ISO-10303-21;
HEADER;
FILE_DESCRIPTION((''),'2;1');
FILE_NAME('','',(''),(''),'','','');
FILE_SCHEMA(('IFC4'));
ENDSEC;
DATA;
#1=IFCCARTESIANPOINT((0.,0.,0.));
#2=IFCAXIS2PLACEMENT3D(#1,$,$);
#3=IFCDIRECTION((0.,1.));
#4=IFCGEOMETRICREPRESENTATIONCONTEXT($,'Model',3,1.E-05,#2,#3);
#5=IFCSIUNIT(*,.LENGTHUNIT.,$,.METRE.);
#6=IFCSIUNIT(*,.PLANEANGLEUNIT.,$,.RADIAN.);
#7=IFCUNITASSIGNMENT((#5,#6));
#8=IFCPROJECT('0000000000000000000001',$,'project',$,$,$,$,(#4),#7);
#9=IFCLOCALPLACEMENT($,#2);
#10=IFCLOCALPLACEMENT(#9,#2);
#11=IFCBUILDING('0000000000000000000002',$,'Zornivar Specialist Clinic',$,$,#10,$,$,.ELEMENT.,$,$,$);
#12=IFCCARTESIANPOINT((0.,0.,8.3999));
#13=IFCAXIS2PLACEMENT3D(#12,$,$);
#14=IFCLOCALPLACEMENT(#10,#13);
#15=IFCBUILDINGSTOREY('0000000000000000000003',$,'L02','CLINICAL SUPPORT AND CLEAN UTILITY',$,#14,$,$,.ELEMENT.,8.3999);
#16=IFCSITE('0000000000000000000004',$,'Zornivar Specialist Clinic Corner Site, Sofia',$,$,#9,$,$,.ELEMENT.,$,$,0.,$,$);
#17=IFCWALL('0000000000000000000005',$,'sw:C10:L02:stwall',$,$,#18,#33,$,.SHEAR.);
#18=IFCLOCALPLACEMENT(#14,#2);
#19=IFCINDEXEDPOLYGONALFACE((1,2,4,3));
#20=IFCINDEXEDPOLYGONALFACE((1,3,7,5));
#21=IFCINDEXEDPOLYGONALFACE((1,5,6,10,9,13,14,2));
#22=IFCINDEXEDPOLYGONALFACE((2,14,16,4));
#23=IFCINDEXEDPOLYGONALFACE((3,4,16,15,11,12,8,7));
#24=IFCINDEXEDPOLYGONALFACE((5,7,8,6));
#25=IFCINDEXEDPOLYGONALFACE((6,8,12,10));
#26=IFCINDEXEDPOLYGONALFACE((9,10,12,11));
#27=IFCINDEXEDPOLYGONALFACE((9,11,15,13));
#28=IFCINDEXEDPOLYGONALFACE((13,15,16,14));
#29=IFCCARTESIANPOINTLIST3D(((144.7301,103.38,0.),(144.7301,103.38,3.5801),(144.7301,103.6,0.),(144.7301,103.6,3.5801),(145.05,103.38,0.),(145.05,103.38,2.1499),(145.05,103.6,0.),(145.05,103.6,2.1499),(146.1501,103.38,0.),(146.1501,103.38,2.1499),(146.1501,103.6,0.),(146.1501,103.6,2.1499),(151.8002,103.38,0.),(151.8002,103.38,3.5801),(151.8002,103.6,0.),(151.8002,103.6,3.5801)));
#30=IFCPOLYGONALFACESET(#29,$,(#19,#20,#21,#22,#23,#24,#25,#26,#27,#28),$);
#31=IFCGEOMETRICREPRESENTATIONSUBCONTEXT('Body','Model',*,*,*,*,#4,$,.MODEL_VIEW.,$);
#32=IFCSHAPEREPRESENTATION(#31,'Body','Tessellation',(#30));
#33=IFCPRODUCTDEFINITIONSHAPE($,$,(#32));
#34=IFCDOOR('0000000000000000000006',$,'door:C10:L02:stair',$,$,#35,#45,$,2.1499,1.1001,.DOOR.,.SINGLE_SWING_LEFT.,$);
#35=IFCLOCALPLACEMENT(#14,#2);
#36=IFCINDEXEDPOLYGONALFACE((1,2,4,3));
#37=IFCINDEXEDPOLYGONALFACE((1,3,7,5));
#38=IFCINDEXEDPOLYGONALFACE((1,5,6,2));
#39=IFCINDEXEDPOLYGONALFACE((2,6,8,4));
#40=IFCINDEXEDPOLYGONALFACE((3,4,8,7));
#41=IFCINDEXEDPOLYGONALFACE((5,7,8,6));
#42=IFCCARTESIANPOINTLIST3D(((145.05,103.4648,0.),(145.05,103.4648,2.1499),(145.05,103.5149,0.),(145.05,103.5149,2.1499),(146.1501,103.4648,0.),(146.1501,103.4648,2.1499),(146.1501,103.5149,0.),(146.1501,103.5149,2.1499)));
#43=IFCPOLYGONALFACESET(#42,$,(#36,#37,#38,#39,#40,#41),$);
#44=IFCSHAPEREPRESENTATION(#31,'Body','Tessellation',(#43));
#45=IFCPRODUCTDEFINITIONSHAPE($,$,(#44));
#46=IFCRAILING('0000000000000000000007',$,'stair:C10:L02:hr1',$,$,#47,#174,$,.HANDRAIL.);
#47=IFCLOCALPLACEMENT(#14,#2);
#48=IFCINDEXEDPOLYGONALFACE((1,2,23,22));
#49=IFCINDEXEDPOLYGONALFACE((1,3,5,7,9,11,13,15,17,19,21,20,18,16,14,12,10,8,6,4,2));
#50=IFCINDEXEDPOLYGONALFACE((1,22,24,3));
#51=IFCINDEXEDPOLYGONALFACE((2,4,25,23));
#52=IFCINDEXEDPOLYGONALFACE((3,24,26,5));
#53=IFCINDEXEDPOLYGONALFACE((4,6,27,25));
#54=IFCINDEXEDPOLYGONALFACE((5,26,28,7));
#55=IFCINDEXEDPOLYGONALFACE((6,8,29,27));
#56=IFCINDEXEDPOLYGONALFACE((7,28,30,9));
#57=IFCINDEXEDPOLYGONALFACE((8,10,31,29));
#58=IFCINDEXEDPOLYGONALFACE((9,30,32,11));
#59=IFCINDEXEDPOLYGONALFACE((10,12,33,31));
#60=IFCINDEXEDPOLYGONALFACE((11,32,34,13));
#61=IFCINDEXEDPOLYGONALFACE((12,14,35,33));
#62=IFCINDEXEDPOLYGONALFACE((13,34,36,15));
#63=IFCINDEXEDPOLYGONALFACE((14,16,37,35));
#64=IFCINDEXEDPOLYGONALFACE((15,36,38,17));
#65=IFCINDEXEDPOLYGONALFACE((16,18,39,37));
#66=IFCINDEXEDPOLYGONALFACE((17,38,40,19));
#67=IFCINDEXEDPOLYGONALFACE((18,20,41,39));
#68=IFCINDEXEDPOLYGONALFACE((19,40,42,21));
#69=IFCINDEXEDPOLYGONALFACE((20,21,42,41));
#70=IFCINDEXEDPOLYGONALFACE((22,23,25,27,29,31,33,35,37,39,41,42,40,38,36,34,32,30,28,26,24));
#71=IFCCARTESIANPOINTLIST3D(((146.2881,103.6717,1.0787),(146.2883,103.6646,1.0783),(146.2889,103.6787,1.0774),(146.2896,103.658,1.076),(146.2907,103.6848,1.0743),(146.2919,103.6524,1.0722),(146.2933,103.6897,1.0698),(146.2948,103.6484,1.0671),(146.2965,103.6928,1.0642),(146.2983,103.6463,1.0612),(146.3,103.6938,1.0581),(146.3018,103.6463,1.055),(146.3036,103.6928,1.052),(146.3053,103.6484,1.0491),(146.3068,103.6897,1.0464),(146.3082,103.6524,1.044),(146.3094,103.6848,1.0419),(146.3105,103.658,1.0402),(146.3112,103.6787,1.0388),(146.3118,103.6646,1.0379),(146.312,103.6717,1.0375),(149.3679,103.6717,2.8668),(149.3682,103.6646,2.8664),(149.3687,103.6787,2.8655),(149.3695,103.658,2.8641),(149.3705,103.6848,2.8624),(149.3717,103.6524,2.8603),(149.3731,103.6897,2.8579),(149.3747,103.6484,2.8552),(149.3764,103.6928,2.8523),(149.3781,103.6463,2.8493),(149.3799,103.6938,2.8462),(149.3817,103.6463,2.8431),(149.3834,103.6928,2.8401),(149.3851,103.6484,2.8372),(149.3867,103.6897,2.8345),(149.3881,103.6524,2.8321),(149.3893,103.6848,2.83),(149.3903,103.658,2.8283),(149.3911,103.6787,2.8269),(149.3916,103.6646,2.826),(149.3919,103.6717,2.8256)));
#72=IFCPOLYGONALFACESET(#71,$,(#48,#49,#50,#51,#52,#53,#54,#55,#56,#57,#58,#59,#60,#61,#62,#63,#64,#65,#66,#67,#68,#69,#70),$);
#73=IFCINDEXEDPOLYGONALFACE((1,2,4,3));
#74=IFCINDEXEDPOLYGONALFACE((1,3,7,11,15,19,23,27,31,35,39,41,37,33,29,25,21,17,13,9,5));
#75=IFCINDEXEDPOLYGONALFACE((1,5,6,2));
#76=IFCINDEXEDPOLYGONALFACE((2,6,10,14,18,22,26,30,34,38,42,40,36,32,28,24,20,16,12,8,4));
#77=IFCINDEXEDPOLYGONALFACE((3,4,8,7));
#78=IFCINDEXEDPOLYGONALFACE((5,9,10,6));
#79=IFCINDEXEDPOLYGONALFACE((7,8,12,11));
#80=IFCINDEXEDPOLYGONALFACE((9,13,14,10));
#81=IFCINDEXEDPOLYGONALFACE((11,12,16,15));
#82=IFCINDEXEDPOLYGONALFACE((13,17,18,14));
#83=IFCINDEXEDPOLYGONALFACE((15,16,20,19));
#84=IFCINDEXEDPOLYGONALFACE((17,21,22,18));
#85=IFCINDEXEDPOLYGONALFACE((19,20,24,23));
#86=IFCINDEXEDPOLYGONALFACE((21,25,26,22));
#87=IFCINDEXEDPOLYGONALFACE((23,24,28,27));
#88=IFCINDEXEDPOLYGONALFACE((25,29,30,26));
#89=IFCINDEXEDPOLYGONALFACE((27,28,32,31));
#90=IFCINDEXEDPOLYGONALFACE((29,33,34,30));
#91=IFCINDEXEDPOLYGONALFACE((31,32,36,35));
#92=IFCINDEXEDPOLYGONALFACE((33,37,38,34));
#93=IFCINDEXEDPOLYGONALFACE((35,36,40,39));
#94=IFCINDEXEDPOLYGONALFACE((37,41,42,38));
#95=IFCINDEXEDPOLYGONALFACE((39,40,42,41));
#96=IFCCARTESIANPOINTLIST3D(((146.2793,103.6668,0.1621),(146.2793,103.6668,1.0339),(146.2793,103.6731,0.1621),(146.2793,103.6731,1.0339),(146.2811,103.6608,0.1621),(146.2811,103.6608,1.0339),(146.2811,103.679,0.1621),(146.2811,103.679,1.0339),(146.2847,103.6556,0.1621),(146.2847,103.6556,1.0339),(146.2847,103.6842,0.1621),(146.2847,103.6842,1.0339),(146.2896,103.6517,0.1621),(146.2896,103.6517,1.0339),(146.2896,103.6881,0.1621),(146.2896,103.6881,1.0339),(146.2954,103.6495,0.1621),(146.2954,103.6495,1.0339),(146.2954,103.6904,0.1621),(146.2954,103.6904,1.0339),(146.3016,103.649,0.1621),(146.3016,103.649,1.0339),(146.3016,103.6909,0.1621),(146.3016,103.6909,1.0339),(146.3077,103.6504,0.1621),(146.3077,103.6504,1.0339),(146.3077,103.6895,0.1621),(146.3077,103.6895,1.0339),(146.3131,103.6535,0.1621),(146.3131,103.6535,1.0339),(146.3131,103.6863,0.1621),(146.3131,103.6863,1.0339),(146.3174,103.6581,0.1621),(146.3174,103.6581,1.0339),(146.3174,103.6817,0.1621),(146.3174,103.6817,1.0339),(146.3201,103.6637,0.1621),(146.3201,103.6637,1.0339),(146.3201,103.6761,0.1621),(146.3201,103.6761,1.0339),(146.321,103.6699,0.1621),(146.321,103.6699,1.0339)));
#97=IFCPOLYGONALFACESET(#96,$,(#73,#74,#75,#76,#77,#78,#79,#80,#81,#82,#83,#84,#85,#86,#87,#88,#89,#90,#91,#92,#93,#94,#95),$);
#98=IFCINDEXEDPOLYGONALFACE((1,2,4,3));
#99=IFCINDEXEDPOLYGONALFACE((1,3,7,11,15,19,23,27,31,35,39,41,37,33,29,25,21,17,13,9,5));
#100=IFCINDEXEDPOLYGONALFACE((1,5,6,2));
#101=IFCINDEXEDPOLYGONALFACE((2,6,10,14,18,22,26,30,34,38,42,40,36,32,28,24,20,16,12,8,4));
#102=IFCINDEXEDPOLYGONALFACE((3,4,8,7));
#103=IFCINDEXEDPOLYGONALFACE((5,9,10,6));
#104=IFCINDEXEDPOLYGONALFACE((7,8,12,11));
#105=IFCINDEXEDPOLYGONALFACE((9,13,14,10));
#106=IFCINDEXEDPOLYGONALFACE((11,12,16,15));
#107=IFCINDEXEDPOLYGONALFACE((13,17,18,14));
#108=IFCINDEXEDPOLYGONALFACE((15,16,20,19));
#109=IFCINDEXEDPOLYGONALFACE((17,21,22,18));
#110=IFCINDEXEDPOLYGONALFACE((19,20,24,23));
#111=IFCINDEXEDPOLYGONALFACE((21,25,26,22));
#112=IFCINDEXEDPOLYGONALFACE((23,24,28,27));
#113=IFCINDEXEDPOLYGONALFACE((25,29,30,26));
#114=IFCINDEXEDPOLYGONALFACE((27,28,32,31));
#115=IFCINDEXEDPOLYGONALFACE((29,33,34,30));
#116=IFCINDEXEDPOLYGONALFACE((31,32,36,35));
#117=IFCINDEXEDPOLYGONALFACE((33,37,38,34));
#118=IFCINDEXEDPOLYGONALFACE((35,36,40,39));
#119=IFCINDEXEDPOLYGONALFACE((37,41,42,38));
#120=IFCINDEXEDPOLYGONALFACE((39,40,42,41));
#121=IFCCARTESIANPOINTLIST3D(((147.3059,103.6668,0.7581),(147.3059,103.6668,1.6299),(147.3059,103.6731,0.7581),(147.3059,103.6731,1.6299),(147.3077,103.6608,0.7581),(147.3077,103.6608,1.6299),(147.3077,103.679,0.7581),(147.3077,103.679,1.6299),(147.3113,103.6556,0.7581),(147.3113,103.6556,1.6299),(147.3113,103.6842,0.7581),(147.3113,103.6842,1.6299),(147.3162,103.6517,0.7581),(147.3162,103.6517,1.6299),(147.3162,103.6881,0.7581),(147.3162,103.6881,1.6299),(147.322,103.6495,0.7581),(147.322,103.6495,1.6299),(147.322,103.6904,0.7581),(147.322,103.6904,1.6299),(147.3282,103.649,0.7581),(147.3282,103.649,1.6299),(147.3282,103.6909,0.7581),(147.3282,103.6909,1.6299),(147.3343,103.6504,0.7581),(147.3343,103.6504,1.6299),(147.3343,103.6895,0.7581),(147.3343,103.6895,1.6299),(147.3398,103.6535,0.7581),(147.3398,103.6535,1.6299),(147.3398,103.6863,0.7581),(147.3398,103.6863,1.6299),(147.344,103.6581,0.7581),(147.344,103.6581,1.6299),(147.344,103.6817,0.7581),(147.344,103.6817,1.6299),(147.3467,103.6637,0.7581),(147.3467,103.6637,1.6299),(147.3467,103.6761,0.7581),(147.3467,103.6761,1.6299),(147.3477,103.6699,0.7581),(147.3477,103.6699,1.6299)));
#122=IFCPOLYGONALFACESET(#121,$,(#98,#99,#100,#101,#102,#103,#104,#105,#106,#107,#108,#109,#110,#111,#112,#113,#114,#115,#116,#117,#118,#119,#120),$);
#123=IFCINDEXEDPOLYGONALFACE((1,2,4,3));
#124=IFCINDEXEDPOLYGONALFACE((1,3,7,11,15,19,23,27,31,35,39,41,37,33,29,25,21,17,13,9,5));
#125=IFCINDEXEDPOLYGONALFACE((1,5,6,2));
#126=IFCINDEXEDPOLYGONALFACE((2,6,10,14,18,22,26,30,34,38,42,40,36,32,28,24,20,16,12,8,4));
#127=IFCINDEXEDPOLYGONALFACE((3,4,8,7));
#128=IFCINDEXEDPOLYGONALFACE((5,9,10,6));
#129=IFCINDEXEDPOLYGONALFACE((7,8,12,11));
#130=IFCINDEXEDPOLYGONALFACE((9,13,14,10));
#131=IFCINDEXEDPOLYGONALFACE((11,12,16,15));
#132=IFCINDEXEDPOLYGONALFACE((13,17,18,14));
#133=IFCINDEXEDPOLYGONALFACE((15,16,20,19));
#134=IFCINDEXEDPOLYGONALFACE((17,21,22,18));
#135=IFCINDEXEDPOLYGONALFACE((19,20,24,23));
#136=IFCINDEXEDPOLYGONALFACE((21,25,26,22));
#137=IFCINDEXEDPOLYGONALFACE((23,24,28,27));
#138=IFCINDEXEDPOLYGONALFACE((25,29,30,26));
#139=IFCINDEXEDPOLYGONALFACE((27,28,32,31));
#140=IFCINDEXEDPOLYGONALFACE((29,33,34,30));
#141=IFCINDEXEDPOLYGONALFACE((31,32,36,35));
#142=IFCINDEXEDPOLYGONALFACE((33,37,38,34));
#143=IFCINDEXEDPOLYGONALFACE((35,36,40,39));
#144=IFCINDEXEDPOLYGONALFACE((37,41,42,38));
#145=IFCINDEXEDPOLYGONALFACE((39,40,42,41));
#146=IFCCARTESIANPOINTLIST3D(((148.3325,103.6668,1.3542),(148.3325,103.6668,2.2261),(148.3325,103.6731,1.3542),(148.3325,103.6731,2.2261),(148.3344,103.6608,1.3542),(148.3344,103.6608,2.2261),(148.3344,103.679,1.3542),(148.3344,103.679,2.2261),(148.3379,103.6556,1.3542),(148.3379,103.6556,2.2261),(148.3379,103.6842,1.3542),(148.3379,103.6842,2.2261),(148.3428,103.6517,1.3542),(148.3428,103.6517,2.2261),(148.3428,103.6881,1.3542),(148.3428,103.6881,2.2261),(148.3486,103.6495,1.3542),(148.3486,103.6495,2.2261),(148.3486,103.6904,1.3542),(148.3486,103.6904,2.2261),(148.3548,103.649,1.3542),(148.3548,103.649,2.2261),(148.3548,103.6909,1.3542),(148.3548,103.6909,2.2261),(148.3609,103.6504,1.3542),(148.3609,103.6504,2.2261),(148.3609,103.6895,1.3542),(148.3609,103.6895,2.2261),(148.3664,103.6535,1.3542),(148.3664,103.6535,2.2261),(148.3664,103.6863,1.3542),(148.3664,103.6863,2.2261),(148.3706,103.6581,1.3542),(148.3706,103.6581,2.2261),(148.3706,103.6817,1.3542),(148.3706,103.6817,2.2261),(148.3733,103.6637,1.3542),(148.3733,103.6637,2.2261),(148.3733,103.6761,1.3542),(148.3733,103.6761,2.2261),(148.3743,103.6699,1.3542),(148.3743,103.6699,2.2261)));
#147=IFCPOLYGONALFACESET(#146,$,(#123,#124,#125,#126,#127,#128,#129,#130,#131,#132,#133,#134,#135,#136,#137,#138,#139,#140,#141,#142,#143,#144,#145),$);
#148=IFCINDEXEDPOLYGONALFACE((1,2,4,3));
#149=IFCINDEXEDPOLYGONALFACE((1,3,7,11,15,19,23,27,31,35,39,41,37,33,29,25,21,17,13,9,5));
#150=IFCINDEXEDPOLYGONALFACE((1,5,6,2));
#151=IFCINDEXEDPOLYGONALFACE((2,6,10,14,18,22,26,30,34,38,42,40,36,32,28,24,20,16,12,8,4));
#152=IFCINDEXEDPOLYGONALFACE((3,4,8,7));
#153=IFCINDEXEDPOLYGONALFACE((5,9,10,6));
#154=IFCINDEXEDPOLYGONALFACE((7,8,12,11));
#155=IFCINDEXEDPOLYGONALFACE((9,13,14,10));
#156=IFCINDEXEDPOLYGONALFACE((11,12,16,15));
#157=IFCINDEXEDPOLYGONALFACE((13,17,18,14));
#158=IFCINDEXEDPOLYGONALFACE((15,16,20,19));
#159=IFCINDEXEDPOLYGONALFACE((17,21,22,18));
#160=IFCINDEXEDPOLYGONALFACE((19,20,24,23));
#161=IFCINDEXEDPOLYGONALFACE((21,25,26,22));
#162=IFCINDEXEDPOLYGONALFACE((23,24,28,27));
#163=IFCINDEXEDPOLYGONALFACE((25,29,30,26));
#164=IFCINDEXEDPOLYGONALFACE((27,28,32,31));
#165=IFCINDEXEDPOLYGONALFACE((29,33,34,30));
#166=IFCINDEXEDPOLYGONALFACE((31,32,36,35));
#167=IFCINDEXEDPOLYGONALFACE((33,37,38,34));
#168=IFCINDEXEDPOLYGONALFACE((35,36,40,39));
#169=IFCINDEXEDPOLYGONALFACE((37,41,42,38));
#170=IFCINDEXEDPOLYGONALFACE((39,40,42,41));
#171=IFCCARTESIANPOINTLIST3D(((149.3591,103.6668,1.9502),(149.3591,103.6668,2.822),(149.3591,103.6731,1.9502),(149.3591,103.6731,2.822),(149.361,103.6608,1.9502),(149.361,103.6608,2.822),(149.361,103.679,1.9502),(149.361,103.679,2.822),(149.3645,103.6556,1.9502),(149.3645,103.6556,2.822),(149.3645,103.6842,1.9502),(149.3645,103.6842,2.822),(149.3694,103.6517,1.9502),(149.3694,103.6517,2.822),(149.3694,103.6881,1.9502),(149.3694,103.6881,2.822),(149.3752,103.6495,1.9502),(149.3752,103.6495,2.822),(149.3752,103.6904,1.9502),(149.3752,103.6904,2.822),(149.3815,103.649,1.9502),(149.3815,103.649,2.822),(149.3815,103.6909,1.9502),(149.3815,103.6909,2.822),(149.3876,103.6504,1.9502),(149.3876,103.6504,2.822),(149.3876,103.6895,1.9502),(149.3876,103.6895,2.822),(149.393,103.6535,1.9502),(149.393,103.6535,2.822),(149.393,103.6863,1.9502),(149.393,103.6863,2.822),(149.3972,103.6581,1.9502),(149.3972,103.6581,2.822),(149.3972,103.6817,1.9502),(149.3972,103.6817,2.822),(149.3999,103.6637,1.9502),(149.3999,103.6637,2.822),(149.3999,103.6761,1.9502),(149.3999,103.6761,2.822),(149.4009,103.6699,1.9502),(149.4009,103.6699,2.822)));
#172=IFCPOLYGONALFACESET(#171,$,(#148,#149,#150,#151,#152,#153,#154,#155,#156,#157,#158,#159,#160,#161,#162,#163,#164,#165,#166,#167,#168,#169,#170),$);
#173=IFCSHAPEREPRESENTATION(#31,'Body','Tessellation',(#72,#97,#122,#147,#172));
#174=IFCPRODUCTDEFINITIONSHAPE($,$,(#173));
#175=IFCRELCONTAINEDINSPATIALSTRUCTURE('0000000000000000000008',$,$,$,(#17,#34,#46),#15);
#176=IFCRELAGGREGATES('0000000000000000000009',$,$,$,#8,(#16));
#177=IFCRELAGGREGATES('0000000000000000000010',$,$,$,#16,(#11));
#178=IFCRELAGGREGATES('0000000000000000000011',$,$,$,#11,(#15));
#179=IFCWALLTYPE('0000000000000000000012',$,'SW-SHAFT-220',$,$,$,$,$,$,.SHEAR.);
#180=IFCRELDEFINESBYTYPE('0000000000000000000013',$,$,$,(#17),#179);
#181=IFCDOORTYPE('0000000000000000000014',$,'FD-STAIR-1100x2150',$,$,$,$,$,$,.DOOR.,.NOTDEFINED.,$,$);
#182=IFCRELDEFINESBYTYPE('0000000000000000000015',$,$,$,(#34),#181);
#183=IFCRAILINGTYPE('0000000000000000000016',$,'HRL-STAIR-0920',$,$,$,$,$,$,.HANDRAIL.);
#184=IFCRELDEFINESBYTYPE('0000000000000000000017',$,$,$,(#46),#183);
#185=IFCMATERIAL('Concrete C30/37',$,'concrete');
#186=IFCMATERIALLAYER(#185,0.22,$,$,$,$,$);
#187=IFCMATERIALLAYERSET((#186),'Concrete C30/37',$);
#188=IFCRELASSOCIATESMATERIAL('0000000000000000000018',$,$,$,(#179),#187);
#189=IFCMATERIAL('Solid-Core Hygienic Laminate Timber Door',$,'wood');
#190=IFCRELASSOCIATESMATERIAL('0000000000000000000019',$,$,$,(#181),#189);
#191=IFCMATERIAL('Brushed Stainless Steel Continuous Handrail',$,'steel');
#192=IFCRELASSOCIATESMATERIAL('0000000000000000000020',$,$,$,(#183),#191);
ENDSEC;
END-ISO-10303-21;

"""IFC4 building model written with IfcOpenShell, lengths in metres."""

from ifc_helpers import new_model, si_unit, direction, frame, frame_2d, origin, origin_2d, place, context, subcontext, project, spatial, rectangle, circle, extrude, material, layer, layer_set, type_object, element, fill, save


model = new_model("IFC4")

# Units and contexts
model_context = context("Model", 3, precision=1e-05, world=origin(), true_north=direction((0.0, 1.0)))
body_context = subcontext(model_context, "Body", "Model", "MODEL_VIEW")
ifc_project = project(units=[si_unit("LENGTHUNIT", "METRE"), si_unit("PLANEANGLEUNIT", "RADIAN")], contexts=[model_context])

# Site, building, storey
site_placement = place(None, origin())
site = spatial("IfcSite", under=ifc_project, at=site_placement, Name="Zornivar Specialist Clinic Corner Site, Sofia", CompositionType="ELEMENT", RefElevation=0.0)
building_placement = place(site_placement, origin())
building = spatial("IfcBuilding", under=site, at=building_placement, Name="Zornivar Specialist Clinic", CompositionType="ELEMENT")
storey_placement = place(building_placement, frame((0.0, 0.0, 8.3999)))
storey = spatial("IfcBuildingStorey", under=building, at=storey_placement, Name="L02", Description="CLINICAL SUPPORT AND CLEAN UTILITY", CompositionType="ELEMENT", Elevation=8.3999)

# Wall, opening, door
ifc_material_1 = material(Name="Concrete C30/37", Category="concrete")
ifc_layer_1 = layer(ifc_material_1, 0.22)
ifc_layer_set_1 = layer_set([ifc_layer_1], Name="Concrete C30/37")
wall_type_1 = type_object("IfcWallType", Name="SW-SHAFT-220", PredefinedType="SHEAR", material=ifc_layer_set_1)
wall_1_placement = place(storey_placement, frame((144.73, 103.49, 0.0), z_axis=(0.0, 0.0, 1.0), x_axis=(1.0, 0.0, 0.0)))
wall_1 = element("IfcWall", 1, at=wall_1_placement, inside=storey, type_object=wall_type_1, Name="sw:C10:L02:stwall", PredefinedType="SHEAR", context=body_context, shape_type="SweptSolid", body=[
    extrude(rectangle(XDim=7.0701, YDim=0.22, at=frame_2d((3.5352, 0.0))), origin(), (0.0, 0.0, 1.0), 3.5801),
])
opening_1_placement = place(wall_1_placement, frame((0.3201, 0.0, 0.0)))
opening_1 = element("IfcOpeningElement", 2, at=opening_1_placement, cuts=wall_1, PredefinedType="OPENING", context=body_context, shape_type="SweptSolid", body=[
    extrude(rectangle(XDim=1.1001, YDim=2.1499, at=frame_2d((0.55, 1.075))), frame((0.0, 0.1199, 0.0), z_axis=(0.0, -1.0, 0.0), x_axis=(1.0, 0.0, 0.0)), (0.0, 0.0, 1.0), 0.24),
])
ifc_material_2 = material(Name="Solid-Core Hygienic Laminate Timber Door", Category="wood")
door_type_1 = type_object("IfcDoorType", Name="FD-STAIR-1100x2150", OperationType="NOTDEFINED", PredefinedType="DOOR", material=ifc_material_2)
door_1_placement = place(opening_1_placement, origin())
door_1 = element("IfcDoor", 3, at=door_1_placement, inside=storey, type_object=door_type_1, Name="door:C10:L02:stair", OperationType="SINGLE_SWING_LEFT", OverallHeight=2.1499, OverallWidth=1.1001, PredefinedType="DOOR", context=body_context, shape_type="SweptSolid", body=[
    extrude(rectangle(XDim=1.1001, YDim=2.1499, at=frame_2d((0.55, 1.075))), frame((0.0, 0.0249, 0.0), z_axis=(0.0, -1.0, 0.0), x_axis=(1.0, 0.0, 0.0)), (0.0, 0.0, 1.0), 0.05),
])
fill(opening_1, door_1)

# Railing
ifc_material_3 = material(Name="Brushed Stainless Steel Continuous Handrail", Category="steel")
railing_type = type_object("IfcRailingType", Name="HRL-STAIR-0920", PredefinedType="HANDRAIL", material=ifc_material_3)
railing_placement = place(storey_placement, frame((146.3, 103.6699, 0.1621)))
element("IfcRailing", 4, at=railing_placement, inside=storey, type_object=railing_type, Name="stair:C10:L02:hr1", PredefinedType="HANDRAIL", context=body_context, shape_type="SweptSolid", body=[
    extrude(circle(Radius=0.0239, at=origin_2d()), frame((0.0, 0.0, 0.896), z_axis=(0.864814, 0.0, 0.502093), x_axis=(0.0, 1.0, 0.0)), (0.0, 0.0, 1.0), 3.5613),
    extrude(circle(Radius=0.021, at=origin_2d()), origin(), (0.0, 0.0, 1.0), 0.8718),
    extrude(circle(Radius=0.021, at=origin_2d()), frame((1.0266, 0.0, 0.5959)), (0.0, 0.0, 1.0), 0.8718),
    extrude(circle(Radius=0.021, at=origin_2d()), frame((2.0532, 0.0, 1.1921)), (0.0, 0.0, 1.0), 0.8718),
    extrude(circle(Radius=0.021, at=origin_2d()), frame((3.0798, 0.0, 1.7881)), (0.0, 0.0, 1.0), 0.8718),
])

save(model, "model.ifc")
